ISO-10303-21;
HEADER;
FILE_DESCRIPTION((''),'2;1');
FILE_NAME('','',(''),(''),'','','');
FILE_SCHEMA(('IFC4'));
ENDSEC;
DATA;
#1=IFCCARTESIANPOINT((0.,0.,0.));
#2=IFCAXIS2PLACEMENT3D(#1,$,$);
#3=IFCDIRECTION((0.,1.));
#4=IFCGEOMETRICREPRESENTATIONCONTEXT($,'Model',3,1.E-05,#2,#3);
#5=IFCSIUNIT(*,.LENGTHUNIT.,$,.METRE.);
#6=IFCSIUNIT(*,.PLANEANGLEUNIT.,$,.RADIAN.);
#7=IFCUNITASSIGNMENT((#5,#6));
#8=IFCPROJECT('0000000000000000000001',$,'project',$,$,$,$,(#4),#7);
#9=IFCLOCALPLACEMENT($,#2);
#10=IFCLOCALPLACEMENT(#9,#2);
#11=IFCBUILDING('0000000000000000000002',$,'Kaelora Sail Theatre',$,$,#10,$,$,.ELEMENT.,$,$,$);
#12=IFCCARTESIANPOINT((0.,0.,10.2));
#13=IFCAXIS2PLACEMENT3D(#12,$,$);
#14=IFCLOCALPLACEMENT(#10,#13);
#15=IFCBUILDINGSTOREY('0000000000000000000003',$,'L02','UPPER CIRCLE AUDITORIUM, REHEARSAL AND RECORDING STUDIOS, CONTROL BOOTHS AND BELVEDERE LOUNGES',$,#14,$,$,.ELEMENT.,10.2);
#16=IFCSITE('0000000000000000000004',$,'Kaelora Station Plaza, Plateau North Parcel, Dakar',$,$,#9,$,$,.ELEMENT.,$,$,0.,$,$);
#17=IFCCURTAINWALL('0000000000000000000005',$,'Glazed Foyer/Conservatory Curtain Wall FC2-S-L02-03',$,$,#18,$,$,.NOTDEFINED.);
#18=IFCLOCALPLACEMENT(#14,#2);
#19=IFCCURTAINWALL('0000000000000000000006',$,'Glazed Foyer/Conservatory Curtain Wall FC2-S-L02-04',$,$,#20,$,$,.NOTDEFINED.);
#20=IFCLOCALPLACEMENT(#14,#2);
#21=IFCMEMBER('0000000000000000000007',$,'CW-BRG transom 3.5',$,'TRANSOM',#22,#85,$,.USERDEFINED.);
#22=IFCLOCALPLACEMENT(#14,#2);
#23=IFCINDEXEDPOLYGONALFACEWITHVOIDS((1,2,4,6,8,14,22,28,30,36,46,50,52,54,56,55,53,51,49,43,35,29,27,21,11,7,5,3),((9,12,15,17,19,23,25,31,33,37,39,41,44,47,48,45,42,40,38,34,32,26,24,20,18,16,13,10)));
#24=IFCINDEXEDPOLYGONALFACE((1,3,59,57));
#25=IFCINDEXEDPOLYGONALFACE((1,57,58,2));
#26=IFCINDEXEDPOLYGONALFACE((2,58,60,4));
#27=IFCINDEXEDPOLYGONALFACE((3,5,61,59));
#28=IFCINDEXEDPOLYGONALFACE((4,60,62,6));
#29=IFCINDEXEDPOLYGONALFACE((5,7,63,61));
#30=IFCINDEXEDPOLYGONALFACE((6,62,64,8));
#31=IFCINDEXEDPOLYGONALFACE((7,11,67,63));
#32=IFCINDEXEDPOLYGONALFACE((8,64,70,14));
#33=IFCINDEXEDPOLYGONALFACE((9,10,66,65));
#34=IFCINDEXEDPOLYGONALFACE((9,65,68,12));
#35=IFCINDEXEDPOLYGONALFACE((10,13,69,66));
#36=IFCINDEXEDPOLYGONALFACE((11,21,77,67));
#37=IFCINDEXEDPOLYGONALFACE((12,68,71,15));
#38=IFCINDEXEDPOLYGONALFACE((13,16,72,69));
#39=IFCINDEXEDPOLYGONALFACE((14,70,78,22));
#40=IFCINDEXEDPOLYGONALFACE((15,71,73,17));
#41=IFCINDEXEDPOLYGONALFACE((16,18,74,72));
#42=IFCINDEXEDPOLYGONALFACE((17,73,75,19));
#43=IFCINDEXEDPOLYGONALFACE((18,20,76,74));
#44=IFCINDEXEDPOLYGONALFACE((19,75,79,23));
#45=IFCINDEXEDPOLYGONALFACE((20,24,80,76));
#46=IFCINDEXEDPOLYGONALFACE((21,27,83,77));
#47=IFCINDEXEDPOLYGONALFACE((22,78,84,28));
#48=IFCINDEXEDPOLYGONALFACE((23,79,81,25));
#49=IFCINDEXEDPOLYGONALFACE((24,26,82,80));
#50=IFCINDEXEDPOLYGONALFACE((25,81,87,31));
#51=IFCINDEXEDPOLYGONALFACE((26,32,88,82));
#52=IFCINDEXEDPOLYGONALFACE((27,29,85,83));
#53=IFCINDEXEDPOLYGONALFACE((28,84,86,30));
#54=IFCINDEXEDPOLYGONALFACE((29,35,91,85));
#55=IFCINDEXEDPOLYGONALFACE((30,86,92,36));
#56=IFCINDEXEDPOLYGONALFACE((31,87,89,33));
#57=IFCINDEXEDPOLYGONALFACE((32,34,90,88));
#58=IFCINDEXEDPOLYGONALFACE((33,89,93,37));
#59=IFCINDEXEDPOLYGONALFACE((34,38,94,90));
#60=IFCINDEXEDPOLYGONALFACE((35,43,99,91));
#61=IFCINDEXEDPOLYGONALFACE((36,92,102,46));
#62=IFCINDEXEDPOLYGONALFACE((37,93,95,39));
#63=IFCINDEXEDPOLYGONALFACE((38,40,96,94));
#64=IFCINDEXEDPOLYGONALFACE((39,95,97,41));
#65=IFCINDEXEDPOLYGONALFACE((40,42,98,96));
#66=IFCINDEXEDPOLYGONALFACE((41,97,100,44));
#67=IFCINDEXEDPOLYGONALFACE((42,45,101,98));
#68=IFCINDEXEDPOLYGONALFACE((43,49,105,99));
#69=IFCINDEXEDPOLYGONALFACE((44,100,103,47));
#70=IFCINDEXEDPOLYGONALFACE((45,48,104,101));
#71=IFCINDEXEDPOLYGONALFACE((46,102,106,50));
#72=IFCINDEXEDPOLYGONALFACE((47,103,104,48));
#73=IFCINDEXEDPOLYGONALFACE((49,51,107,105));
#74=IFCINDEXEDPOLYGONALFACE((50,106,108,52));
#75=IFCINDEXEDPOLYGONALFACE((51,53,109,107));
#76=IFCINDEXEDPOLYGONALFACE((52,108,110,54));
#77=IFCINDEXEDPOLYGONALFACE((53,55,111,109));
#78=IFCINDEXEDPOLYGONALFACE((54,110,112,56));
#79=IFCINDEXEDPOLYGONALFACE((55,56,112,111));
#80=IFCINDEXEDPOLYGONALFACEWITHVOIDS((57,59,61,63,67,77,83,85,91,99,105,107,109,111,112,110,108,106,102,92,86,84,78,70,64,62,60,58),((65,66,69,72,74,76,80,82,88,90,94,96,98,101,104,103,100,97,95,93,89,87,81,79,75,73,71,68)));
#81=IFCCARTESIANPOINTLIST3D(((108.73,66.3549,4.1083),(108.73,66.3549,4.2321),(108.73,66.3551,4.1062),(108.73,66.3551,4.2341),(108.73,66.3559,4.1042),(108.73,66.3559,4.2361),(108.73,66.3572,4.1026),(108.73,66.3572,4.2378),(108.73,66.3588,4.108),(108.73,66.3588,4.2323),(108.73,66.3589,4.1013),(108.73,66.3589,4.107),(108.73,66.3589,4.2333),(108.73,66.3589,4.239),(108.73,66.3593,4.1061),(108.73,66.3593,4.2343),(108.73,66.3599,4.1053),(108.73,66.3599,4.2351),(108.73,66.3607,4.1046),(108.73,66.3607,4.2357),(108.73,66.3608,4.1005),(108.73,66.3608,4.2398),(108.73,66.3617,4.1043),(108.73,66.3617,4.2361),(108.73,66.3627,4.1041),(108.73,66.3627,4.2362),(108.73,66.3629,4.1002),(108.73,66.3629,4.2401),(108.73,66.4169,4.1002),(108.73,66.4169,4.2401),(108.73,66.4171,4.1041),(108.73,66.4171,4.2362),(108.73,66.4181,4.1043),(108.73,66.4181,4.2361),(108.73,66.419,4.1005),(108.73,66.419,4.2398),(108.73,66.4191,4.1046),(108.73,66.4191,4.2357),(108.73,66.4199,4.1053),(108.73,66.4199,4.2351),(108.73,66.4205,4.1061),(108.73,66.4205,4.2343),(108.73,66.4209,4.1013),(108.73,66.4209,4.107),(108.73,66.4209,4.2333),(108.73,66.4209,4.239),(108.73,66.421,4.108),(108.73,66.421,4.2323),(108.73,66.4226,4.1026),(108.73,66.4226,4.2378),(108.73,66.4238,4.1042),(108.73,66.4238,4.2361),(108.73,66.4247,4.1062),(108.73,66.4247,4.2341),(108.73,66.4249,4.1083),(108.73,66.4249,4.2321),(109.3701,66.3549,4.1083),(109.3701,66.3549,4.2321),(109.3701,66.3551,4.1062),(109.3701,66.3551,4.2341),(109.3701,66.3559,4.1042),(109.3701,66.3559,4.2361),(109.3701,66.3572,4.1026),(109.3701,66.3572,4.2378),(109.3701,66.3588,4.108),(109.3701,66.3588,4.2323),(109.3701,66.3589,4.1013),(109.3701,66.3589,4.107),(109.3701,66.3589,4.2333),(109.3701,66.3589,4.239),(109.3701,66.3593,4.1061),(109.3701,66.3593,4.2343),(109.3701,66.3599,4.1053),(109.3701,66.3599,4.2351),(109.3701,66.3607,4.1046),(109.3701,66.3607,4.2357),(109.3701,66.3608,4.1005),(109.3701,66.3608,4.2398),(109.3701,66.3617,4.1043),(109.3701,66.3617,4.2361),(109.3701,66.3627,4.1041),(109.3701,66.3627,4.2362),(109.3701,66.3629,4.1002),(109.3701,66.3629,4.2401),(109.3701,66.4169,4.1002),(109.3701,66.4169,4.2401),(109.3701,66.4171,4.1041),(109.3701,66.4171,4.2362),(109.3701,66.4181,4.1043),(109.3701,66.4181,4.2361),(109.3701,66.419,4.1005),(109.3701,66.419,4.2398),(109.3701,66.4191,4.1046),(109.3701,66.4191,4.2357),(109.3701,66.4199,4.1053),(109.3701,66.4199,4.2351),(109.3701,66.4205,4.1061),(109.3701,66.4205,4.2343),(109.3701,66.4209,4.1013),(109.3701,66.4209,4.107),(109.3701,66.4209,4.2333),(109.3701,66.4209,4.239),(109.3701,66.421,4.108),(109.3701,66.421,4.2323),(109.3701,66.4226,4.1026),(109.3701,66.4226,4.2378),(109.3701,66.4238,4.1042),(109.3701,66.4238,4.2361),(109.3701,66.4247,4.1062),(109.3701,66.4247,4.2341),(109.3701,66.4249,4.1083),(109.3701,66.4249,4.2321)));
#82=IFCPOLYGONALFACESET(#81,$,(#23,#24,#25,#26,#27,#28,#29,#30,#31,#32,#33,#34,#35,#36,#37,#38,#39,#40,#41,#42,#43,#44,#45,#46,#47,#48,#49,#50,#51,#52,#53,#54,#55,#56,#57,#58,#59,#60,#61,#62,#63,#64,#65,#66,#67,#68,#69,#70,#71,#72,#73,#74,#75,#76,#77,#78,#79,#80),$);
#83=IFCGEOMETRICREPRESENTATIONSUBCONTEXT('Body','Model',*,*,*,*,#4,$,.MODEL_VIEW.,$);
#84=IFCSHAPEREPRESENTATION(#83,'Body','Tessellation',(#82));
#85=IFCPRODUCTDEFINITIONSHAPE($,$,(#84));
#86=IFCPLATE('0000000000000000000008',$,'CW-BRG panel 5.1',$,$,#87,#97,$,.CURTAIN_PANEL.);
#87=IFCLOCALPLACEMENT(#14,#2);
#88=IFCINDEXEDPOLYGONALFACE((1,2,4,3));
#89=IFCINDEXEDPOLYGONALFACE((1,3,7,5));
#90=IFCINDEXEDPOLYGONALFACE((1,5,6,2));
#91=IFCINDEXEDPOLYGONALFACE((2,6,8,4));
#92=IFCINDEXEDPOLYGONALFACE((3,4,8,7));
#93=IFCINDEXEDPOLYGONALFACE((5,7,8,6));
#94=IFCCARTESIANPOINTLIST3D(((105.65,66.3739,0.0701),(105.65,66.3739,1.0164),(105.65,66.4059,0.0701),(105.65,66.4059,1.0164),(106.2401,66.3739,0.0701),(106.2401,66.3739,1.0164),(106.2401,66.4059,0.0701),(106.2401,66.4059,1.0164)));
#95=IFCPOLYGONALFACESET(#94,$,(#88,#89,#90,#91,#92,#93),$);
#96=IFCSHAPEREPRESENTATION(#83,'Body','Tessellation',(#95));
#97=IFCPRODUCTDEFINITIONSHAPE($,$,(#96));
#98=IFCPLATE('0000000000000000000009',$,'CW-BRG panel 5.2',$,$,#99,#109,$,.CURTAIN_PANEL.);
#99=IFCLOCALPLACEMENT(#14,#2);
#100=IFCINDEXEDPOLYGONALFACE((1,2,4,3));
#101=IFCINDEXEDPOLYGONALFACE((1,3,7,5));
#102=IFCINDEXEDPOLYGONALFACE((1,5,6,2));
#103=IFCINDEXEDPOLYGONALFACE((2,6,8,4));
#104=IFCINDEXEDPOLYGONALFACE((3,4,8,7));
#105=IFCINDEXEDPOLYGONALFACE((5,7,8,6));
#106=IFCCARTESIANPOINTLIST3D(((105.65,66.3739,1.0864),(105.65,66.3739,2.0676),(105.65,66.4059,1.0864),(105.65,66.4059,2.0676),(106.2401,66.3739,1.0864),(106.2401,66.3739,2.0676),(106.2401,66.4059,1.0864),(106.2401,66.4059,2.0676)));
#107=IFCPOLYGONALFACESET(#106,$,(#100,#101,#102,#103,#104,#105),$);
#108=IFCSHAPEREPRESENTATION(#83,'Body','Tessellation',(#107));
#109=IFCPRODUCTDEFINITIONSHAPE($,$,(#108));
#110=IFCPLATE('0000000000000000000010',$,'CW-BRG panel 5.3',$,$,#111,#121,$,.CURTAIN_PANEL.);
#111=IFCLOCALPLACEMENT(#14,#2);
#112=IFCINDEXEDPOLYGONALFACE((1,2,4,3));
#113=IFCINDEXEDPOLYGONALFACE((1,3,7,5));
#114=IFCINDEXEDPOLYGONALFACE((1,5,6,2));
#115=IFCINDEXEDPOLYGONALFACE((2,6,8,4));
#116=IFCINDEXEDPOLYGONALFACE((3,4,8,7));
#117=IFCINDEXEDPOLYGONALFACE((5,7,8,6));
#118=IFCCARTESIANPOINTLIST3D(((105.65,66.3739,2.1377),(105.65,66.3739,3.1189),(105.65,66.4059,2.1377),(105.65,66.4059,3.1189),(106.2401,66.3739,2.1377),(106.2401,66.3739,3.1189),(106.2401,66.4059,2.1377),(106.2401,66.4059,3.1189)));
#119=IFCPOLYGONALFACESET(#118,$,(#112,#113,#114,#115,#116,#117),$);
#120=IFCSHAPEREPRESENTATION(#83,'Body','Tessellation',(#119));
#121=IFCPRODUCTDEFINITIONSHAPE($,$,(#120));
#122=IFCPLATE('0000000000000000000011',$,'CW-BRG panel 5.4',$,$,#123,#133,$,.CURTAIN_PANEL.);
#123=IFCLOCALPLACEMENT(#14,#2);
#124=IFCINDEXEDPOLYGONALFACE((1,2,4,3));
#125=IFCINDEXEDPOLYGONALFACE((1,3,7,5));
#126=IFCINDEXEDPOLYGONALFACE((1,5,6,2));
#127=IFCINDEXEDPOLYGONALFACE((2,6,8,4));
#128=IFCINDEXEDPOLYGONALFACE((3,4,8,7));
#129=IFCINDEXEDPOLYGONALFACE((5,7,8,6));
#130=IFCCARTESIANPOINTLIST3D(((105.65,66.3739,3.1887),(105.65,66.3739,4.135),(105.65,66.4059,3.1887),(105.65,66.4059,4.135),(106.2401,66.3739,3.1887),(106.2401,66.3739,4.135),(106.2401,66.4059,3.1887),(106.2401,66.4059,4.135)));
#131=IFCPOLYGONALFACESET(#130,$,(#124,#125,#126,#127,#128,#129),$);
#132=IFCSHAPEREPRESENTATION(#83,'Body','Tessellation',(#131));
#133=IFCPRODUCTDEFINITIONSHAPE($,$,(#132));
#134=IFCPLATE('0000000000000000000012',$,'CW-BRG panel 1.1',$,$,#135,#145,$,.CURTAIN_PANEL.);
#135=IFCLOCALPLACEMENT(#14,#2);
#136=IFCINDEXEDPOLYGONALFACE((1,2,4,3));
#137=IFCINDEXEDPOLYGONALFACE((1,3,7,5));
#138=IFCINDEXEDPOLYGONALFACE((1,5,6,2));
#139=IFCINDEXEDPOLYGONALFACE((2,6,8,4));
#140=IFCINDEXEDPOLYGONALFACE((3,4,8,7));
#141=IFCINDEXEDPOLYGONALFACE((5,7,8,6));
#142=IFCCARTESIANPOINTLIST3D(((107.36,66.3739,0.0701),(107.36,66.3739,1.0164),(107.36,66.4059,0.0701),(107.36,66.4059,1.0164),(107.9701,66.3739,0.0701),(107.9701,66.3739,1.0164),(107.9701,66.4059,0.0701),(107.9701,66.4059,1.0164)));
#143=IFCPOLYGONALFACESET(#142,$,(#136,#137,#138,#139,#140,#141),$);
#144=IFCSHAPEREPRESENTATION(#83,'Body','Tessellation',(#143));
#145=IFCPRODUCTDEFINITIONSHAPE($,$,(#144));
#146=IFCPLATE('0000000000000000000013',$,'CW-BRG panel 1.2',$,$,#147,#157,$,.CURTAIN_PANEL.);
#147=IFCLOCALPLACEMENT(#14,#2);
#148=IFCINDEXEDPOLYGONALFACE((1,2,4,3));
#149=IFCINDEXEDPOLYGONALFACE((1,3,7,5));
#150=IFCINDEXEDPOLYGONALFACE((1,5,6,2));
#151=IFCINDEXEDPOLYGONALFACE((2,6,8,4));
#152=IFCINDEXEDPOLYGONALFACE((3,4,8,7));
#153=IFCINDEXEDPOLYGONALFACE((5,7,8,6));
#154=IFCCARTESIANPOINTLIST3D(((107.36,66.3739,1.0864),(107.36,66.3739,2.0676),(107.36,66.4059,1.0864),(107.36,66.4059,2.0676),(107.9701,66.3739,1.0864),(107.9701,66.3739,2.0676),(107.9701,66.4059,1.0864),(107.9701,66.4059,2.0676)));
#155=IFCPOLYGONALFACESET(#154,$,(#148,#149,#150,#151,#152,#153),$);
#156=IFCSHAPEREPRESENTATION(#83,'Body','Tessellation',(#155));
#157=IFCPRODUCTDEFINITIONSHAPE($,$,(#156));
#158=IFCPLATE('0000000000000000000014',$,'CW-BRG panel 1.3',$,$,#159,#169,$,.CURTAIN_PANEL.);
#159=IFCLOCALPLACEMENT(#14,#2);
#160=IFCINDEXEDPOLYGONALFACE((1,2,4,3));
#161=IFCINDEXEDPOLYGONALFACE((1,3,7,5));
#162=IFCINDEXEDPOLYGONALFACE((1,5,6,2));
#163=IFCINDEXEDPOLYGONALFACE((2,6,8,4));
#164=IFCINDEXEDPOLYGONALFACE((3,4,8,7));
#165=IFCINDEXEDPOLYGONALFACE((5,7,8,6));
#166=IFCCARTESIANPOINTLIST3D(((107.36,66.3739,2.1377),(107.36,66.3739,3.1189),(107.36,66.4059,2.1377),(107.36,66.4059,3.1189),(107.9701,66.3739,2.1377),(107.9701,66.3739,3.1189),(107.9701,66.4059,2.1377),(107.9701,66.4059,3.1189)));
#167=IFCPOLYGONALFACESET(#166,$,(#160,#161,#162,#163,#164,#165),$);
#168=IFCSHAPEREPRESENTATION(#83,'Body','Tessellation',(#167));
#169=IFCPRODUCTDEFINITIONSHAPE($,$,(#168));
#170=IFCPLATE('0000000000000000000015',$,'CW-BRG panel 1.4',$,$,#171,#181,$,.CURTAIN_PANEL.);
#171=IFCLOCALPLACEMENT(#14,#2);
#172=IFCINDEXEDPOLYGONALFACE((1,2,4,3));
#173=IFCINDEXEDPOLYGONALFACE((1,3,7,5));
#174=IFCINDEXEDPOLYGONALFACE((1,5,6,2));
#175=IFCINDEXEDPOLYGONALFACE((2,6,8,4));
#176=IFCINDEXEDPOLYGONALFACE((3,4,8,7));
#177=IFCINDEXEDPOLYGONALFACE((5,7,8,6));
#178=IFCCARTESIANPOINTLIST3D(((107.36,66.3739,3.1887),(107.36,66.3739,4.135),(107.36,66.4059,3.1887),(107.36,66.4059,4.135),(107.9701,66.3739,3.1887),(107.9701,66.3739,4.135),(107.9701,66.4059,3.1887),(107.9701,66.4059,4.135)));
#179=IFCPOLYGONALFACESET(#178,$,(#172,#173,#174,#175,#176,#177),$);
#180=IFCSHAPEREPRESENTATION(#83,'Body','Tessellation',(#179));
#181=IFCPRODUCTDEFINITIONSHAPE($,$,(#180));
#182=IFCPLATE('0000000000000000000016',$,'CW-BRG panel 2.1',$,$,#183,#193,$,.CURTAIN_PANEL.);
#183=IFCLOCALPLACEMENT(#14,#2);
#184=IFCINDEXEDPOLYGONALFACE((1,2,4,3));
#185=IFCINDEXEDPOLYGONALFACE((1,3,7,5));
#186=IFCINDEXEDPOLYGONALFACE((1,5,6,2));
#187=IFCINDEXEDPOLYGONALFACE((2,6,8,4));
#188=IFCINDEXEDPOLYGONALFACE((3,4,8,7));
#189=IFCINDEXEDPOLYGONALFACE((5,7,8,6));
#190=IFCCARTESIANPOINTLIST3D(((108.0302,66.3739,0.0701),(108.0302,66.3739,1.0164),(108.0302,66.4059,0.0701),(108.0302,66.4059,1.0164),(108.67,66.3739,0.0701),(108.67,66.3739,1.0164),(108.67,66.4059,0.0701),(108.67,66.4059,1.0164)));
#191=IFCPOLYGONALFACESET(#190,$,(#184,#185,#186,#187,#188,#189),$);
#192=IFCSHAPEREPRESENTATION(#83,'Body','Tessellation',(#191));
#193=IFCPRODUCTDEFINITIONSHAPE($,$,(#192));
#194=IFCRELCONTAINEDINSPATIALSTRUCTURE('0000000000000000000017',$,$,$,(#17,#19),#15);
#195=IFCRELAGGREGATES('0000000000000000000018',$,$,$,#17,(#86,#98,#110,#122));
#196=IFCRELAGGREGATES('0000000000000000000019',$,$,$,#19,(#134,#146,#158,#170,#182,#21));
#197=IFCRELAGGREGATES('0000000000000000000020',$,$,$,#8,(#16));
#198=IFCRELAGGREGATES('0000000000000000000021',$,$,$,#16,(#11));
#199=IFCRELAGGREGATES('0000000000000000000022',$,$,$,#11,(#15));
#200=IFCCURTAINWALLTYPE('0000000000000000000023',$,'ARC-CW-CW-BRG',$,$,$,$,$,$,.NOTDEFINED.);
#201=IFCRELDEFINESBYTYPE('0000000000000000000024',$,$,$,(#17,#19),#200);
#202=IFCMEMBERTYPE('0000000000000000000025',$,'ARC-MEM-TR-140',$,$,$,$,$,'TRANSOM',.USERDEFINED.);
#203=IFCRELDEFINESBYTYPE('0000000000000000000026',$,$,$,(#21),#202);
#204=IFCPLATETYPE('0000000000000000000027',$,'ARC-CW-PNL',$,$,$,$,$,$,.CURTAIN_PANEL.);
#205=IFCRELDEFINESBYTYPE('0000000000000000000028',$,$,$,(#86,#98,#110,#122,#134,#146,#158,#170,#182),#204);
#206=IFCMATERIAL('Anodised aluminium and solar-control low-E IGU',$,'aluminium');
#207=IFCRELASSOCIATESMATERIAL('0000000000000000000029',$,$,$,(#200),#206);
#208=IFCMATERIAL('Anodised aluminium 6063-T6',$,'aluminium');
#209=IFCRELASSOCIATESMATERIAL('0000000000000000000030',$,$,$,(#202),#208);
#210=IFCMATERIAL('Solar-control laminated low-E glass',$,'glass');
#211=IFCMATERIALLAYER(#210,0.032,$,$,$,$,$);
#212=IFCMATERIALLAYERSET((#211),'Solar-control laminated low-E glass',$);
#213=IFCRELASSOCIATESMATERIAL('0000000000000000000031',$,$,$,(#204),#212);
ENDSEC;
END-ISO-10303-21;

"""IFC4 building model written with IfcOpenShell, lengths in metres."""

from ifc_helpers import new_model, si_unit, direction, frame, origin, origin_2d, place, context, subcontext, project, spatial, rectangle, hollow_rectangle, extrude, material, layer, layer_set, material_profile, profile_set, type_object, element, aggregate, save


model = new_model("IFC4")

# Units and contexts
model_context = context("Model", 3, precision=1e-05, world=origin(), true_north=direction((0.0, 1.0)))
body_context = subcontext(model_context, "Body", "Model", "MODEL_VIEW")
ifc_project = project(units=[si_unit("LENGTHUNIT", "METRE"), si_unit("PLANEANGLEUNIT", "RADIAN")], contexts=[model_context])

# Site, building, storey
site_placement = place(None, origin())
site = spatial("IfcSite", under=ifc_project, at=site_placement, Name="Kaelora Station Plaza, Plateau North Parcel, Dakar", CompositionType="ELEMENT", RefElevation=0.0)
building_placement = place(site_placement, origin())
building = spatial("IfcBuilding", under=site, at=building_placement, Name="Kaelora Sail Theatre", CompositionType="ELEMENT")
storey_placement = place(building_placement, frame((0.0, 0.0, 10.2)))
storey = spatial("IfcBuildingStorey", under=building, at=storey_placement, Name="L02", Description="UPPER CIRCLE AUDITORIUM, REHEARSAL AND RECORDING STUDIOS, CONTROL BOOTHS AND BELVEDERE LOUNGES", CompositionType="ELEMENT", Elevation=10.2)

# Curtain wall
ifc_material_1 = material(Name="Anodised aluminium and solar-control low-E IGU", Category="aluminium")
curtain_wall_type = type_object("IfcCurtainWallType", Name="ARC-CW-CW-BRG", PredefinedType="NOTDEFINED", material=ifc_material_1)
curtain_wall_1_placement = place(storey_placement, origin())
curtain_wall_1 = element("IfcCurtainWall", 1, at=curtain_wall_1_placement, inside=storey, type_object=curtain_wall_type, Name="Glazed Foyer/Conservatory Curtain Wall FC2-S-L02-03", PredefinedType="NOTDEFINED")

# Curtain wall, member
curtain_wall_2_placement = place(storey_placement, origin())
curtain_wall_2 = element("IfcCurtainWall", 2, at=curtain_wall_2_placement, inside=storey, type_object=curtain_wall_type, Name="Glazed Foyer/Conservatory Curtain Wall FC2-S-L02-04", PredefinedType="NOTDEFINED")
ifc_material_2 = material(Name="Anodised aluminium 6063-T6", Category="aluminium")
ifc_material_profile_1 = material_profile(ifc_material_2, hollow_rectangle(XDim=0.0701, YDim=0.1399, WallThickness=0.0039, InnerFilletRadius=0.0039, OuterFilletRadius=0.0081, at=origin_2d()), Name="ALU-TRAN 70x140x4")
ifc_profile_set_1 = profile_set([ifc_material_profile_1], Name="Anodised aluminium 6063-T6")
member_type_1 = type_object("IfcMemberType", Name="ARC-MEM-TR-140", ElementType="TRANSOM", PredefinedType="USERDEFINED", material=ifc_profile_set_1)
member_1_placement = place(storey_placement, frame((108.73, 66.3899, 4.1702), z_axis=(1.0, 0.0, 0.0), x_axis=(0.0, 1.0, 0.0)))
member_1 = element("IfcMember", 3, at=member_1_placement, type_object=member_type_1, Name="CW-BRG transom 3.5", ObjectType="TRANSOM", PredefinedType="USERDEFINED", context=body_context, shape_type="SweptSolid", body=[
    extrude(hollow_rectangle(XDim=0.0701, YDim=0.1399, WallThickness=0.0039, InnerFilletRadius=0.0039, OuterFilletRadius=0.0081, at=origin_2d()), origin(), (0.0, 0.0, 1.0), 0.6401),
])

# Plates
ifc_material_3 = material(Name="Solar-control laminated low-E glass", Category="glass")
ifc_layer = layer(ifc_material_3, 0.032)
ifc_layer_set = layer_set([ifc_layer], Name="Solar-control laminated low-E glass")
plate_type = type_object("IfcPlateType", Name="ARC-CW-PNL", PredefinedType="CURTAIN_PANEL", material=ifc_layer_set)
plate_1_placement = place(storey_placement, frame((105.9451, 66.3899, 0.0701), z_axis=(0.0, 0.0, 1.0), x_axis=(1.0, 0.0, 0.0)))
plate_1 = element("IfcPlate", 4, at=plate_1_placement, type_object=plate_type, Name="CW-BRG panel 5.1", PredefinedType="CURTAIN_PANEL", context=body_context, shape_type="SweptSolid", body=[
    extrude(rectangle(XDim=0.5901, YDim=0.032, at=origin_2d()), origin(), (0.0, 0.0, 1.0), 0.9463),
])
plate_2_placement = place(storey_placement, frame((105.9451, 66.3899, 1.0864), z_axis=(0.0, 0.0, 1.0), x_axis=(1.0, 0.0, 0.0)))
plate_2 = element("IfcPlate", 5, at=plate_2_placement, type_object=plate_type, Name="CW-BRG panel 5.2", PredefinedType="CURTAIN_PANEL", context=body_context, shape_type="SweptSolid", body=[
    extrude(rectangle(XDim=0.5901, YDim=0.032, at=origin_2d()), origin(), (0.0, 0.0, 1.0), 0.9812),
])
plate_3_placement = place(storey_placement, frame((105.9451, 66.3899, 2.1377), z_axis=(0.0, 0.0, 1.0), x_axis=(1.0, 0.0, 0.0)))
plate_3 = element("IfcPlate", 6, at=plate_3_placement, type_object=plate_type, Name="CW-BRG panel 5.3", PredefinedType="CURTAIN_PANEL", context=body_context, shape_type="SweptSolid", body=[
    extrude(rectangle(XDim=0.5901, YDim=0.032, at=origin_2d()), origin(), (0.0, 0.0, 1.0), 0.9812),
])
plate_4_placement = place(storey_placement, frame((105.9451, 66.3899, 3.1887), z_axis=(0.0, 0.0, 1.0), x_axis=(1.0, 0.0, 0.0)))
plate_4 = element("IfcPlate", 7, at=plate_4_placement, type_object=plate_type, Name="CW-BRG panel 5.4", PredefinedType="CURTAIN_PANEL", context=body_context, shape_type="SweptSolid", body=[
    extrude(rectangle(XDim=0.5901, YDim=0.032, at=origin_2d()), origin(), (0.0, 0.0, 1.0), 0.9463),
])
aggregate(curtain_wall_1, [plate_1, plate_2, plate_3, plate_4])
plate_5_placement = place(storey_placement, frame((107.665, 66.3899, 0.0701), z_axis=(0.0, 0.0, 1.0), x_axis=(1.0, 0.0, 0.0)))
plate_5 = element("IfcPlate", 8, at=plate_5_placement, type_object=plate_type, Name="CW-BRG panel 1.1", PredefinedType="CURTAIN_PANEL", context=body_context, shape_type="SweptSolid", body=[
    extrude(rectangle(XDim=0.6101, YDim=0.032, at=origin_2d()), origin(), (0.0, 0.0, 1.0), 0.9463),
])
plate_6_placement = place(storey_placement, frame((107.665, 66.3899, 1.0864), z_axis=(0.0, 0.0, 1.0), x_axis=(1.0, 0.0, 0.0)))
plate_6 = element("IfcPlate", 9, at=plate_6_placement, type_object=plate_type, Name="CW-BRG panel 1.2", PredefinedType="CURTAIN_PANEL", context=body_context, shape_type="SweptSolid", body=[
    extrude(rectangle(XDim=0.6101, YDim=0.032, at=origin_2d()), origin(), (0.0, 0.0, 1.0), 0.9812),
])
plate_7_placement = place(storey_placement, frame((107.665, 66.3899, 2.1377), z_axis=(0.0, 0.0, 1.0), x_axis=(1.0, 0.0, 0.0)))
plate_7 = element("IfcPlate", 10, at=plate_7_placement, type_object=plate_type, Name="CW-BRG panel 1.3", PredefinedType="CURTAIN_PANEL", context=body_context, shape_type="SweptSolid", body=[
    extrude(rectangle(XDim=0.6101, YDim=0.032, at=origin_2d()), origin(), (0.0, 0.0, 1.0), 0.9812),
])
plate_8_placement = place(storey_placement, frame((107.665, 66.3899, 3.1887), z_axis=(0.0, 0.0, 1.0), x_axis=(1.0, 0.0, 0.0)))
plate_8 = element("IfcPlate", 11, at=plate_8_placement, type_object=plate_type, Name="CW-BRG panel 1.4", PredefinedType="CURTAIN_PANEL", context=body_context, shape_type="SweptSolid", body=[
    extrude(rectangle(XDim=0.6101, YDim=0.032, at=origin_2d()), origin(), (0.0, 0.0, 1.0), 0.9463),
])
plate_9_placement = place(storey_placement, frame((108.3501, 66.3899, 0.0701), z_axis=(0.0, 0.0, 1.0), x_axis=(1.0, 0.0, 0.0)))
plate_9 = element("IfcPlate", 12, at=plate_9_placement, type_object=plate_type, Name="CW-BRG panel 2.1", PredefinedType="CURTAIN_PANEL", context=body_context, shape_type="SweptSolid", body=[
    extrude(rectangle(XDim=0.6399, YDim=0.032, at=origin_2d()), origin(), (0.0, 0.0, 1.0), 0.9463),
])
aggregate(curtain_wall_2, [plate_5, plate_6, plate_7, plate_8, plate_9, member_1])

save(model, "model.ifc")
